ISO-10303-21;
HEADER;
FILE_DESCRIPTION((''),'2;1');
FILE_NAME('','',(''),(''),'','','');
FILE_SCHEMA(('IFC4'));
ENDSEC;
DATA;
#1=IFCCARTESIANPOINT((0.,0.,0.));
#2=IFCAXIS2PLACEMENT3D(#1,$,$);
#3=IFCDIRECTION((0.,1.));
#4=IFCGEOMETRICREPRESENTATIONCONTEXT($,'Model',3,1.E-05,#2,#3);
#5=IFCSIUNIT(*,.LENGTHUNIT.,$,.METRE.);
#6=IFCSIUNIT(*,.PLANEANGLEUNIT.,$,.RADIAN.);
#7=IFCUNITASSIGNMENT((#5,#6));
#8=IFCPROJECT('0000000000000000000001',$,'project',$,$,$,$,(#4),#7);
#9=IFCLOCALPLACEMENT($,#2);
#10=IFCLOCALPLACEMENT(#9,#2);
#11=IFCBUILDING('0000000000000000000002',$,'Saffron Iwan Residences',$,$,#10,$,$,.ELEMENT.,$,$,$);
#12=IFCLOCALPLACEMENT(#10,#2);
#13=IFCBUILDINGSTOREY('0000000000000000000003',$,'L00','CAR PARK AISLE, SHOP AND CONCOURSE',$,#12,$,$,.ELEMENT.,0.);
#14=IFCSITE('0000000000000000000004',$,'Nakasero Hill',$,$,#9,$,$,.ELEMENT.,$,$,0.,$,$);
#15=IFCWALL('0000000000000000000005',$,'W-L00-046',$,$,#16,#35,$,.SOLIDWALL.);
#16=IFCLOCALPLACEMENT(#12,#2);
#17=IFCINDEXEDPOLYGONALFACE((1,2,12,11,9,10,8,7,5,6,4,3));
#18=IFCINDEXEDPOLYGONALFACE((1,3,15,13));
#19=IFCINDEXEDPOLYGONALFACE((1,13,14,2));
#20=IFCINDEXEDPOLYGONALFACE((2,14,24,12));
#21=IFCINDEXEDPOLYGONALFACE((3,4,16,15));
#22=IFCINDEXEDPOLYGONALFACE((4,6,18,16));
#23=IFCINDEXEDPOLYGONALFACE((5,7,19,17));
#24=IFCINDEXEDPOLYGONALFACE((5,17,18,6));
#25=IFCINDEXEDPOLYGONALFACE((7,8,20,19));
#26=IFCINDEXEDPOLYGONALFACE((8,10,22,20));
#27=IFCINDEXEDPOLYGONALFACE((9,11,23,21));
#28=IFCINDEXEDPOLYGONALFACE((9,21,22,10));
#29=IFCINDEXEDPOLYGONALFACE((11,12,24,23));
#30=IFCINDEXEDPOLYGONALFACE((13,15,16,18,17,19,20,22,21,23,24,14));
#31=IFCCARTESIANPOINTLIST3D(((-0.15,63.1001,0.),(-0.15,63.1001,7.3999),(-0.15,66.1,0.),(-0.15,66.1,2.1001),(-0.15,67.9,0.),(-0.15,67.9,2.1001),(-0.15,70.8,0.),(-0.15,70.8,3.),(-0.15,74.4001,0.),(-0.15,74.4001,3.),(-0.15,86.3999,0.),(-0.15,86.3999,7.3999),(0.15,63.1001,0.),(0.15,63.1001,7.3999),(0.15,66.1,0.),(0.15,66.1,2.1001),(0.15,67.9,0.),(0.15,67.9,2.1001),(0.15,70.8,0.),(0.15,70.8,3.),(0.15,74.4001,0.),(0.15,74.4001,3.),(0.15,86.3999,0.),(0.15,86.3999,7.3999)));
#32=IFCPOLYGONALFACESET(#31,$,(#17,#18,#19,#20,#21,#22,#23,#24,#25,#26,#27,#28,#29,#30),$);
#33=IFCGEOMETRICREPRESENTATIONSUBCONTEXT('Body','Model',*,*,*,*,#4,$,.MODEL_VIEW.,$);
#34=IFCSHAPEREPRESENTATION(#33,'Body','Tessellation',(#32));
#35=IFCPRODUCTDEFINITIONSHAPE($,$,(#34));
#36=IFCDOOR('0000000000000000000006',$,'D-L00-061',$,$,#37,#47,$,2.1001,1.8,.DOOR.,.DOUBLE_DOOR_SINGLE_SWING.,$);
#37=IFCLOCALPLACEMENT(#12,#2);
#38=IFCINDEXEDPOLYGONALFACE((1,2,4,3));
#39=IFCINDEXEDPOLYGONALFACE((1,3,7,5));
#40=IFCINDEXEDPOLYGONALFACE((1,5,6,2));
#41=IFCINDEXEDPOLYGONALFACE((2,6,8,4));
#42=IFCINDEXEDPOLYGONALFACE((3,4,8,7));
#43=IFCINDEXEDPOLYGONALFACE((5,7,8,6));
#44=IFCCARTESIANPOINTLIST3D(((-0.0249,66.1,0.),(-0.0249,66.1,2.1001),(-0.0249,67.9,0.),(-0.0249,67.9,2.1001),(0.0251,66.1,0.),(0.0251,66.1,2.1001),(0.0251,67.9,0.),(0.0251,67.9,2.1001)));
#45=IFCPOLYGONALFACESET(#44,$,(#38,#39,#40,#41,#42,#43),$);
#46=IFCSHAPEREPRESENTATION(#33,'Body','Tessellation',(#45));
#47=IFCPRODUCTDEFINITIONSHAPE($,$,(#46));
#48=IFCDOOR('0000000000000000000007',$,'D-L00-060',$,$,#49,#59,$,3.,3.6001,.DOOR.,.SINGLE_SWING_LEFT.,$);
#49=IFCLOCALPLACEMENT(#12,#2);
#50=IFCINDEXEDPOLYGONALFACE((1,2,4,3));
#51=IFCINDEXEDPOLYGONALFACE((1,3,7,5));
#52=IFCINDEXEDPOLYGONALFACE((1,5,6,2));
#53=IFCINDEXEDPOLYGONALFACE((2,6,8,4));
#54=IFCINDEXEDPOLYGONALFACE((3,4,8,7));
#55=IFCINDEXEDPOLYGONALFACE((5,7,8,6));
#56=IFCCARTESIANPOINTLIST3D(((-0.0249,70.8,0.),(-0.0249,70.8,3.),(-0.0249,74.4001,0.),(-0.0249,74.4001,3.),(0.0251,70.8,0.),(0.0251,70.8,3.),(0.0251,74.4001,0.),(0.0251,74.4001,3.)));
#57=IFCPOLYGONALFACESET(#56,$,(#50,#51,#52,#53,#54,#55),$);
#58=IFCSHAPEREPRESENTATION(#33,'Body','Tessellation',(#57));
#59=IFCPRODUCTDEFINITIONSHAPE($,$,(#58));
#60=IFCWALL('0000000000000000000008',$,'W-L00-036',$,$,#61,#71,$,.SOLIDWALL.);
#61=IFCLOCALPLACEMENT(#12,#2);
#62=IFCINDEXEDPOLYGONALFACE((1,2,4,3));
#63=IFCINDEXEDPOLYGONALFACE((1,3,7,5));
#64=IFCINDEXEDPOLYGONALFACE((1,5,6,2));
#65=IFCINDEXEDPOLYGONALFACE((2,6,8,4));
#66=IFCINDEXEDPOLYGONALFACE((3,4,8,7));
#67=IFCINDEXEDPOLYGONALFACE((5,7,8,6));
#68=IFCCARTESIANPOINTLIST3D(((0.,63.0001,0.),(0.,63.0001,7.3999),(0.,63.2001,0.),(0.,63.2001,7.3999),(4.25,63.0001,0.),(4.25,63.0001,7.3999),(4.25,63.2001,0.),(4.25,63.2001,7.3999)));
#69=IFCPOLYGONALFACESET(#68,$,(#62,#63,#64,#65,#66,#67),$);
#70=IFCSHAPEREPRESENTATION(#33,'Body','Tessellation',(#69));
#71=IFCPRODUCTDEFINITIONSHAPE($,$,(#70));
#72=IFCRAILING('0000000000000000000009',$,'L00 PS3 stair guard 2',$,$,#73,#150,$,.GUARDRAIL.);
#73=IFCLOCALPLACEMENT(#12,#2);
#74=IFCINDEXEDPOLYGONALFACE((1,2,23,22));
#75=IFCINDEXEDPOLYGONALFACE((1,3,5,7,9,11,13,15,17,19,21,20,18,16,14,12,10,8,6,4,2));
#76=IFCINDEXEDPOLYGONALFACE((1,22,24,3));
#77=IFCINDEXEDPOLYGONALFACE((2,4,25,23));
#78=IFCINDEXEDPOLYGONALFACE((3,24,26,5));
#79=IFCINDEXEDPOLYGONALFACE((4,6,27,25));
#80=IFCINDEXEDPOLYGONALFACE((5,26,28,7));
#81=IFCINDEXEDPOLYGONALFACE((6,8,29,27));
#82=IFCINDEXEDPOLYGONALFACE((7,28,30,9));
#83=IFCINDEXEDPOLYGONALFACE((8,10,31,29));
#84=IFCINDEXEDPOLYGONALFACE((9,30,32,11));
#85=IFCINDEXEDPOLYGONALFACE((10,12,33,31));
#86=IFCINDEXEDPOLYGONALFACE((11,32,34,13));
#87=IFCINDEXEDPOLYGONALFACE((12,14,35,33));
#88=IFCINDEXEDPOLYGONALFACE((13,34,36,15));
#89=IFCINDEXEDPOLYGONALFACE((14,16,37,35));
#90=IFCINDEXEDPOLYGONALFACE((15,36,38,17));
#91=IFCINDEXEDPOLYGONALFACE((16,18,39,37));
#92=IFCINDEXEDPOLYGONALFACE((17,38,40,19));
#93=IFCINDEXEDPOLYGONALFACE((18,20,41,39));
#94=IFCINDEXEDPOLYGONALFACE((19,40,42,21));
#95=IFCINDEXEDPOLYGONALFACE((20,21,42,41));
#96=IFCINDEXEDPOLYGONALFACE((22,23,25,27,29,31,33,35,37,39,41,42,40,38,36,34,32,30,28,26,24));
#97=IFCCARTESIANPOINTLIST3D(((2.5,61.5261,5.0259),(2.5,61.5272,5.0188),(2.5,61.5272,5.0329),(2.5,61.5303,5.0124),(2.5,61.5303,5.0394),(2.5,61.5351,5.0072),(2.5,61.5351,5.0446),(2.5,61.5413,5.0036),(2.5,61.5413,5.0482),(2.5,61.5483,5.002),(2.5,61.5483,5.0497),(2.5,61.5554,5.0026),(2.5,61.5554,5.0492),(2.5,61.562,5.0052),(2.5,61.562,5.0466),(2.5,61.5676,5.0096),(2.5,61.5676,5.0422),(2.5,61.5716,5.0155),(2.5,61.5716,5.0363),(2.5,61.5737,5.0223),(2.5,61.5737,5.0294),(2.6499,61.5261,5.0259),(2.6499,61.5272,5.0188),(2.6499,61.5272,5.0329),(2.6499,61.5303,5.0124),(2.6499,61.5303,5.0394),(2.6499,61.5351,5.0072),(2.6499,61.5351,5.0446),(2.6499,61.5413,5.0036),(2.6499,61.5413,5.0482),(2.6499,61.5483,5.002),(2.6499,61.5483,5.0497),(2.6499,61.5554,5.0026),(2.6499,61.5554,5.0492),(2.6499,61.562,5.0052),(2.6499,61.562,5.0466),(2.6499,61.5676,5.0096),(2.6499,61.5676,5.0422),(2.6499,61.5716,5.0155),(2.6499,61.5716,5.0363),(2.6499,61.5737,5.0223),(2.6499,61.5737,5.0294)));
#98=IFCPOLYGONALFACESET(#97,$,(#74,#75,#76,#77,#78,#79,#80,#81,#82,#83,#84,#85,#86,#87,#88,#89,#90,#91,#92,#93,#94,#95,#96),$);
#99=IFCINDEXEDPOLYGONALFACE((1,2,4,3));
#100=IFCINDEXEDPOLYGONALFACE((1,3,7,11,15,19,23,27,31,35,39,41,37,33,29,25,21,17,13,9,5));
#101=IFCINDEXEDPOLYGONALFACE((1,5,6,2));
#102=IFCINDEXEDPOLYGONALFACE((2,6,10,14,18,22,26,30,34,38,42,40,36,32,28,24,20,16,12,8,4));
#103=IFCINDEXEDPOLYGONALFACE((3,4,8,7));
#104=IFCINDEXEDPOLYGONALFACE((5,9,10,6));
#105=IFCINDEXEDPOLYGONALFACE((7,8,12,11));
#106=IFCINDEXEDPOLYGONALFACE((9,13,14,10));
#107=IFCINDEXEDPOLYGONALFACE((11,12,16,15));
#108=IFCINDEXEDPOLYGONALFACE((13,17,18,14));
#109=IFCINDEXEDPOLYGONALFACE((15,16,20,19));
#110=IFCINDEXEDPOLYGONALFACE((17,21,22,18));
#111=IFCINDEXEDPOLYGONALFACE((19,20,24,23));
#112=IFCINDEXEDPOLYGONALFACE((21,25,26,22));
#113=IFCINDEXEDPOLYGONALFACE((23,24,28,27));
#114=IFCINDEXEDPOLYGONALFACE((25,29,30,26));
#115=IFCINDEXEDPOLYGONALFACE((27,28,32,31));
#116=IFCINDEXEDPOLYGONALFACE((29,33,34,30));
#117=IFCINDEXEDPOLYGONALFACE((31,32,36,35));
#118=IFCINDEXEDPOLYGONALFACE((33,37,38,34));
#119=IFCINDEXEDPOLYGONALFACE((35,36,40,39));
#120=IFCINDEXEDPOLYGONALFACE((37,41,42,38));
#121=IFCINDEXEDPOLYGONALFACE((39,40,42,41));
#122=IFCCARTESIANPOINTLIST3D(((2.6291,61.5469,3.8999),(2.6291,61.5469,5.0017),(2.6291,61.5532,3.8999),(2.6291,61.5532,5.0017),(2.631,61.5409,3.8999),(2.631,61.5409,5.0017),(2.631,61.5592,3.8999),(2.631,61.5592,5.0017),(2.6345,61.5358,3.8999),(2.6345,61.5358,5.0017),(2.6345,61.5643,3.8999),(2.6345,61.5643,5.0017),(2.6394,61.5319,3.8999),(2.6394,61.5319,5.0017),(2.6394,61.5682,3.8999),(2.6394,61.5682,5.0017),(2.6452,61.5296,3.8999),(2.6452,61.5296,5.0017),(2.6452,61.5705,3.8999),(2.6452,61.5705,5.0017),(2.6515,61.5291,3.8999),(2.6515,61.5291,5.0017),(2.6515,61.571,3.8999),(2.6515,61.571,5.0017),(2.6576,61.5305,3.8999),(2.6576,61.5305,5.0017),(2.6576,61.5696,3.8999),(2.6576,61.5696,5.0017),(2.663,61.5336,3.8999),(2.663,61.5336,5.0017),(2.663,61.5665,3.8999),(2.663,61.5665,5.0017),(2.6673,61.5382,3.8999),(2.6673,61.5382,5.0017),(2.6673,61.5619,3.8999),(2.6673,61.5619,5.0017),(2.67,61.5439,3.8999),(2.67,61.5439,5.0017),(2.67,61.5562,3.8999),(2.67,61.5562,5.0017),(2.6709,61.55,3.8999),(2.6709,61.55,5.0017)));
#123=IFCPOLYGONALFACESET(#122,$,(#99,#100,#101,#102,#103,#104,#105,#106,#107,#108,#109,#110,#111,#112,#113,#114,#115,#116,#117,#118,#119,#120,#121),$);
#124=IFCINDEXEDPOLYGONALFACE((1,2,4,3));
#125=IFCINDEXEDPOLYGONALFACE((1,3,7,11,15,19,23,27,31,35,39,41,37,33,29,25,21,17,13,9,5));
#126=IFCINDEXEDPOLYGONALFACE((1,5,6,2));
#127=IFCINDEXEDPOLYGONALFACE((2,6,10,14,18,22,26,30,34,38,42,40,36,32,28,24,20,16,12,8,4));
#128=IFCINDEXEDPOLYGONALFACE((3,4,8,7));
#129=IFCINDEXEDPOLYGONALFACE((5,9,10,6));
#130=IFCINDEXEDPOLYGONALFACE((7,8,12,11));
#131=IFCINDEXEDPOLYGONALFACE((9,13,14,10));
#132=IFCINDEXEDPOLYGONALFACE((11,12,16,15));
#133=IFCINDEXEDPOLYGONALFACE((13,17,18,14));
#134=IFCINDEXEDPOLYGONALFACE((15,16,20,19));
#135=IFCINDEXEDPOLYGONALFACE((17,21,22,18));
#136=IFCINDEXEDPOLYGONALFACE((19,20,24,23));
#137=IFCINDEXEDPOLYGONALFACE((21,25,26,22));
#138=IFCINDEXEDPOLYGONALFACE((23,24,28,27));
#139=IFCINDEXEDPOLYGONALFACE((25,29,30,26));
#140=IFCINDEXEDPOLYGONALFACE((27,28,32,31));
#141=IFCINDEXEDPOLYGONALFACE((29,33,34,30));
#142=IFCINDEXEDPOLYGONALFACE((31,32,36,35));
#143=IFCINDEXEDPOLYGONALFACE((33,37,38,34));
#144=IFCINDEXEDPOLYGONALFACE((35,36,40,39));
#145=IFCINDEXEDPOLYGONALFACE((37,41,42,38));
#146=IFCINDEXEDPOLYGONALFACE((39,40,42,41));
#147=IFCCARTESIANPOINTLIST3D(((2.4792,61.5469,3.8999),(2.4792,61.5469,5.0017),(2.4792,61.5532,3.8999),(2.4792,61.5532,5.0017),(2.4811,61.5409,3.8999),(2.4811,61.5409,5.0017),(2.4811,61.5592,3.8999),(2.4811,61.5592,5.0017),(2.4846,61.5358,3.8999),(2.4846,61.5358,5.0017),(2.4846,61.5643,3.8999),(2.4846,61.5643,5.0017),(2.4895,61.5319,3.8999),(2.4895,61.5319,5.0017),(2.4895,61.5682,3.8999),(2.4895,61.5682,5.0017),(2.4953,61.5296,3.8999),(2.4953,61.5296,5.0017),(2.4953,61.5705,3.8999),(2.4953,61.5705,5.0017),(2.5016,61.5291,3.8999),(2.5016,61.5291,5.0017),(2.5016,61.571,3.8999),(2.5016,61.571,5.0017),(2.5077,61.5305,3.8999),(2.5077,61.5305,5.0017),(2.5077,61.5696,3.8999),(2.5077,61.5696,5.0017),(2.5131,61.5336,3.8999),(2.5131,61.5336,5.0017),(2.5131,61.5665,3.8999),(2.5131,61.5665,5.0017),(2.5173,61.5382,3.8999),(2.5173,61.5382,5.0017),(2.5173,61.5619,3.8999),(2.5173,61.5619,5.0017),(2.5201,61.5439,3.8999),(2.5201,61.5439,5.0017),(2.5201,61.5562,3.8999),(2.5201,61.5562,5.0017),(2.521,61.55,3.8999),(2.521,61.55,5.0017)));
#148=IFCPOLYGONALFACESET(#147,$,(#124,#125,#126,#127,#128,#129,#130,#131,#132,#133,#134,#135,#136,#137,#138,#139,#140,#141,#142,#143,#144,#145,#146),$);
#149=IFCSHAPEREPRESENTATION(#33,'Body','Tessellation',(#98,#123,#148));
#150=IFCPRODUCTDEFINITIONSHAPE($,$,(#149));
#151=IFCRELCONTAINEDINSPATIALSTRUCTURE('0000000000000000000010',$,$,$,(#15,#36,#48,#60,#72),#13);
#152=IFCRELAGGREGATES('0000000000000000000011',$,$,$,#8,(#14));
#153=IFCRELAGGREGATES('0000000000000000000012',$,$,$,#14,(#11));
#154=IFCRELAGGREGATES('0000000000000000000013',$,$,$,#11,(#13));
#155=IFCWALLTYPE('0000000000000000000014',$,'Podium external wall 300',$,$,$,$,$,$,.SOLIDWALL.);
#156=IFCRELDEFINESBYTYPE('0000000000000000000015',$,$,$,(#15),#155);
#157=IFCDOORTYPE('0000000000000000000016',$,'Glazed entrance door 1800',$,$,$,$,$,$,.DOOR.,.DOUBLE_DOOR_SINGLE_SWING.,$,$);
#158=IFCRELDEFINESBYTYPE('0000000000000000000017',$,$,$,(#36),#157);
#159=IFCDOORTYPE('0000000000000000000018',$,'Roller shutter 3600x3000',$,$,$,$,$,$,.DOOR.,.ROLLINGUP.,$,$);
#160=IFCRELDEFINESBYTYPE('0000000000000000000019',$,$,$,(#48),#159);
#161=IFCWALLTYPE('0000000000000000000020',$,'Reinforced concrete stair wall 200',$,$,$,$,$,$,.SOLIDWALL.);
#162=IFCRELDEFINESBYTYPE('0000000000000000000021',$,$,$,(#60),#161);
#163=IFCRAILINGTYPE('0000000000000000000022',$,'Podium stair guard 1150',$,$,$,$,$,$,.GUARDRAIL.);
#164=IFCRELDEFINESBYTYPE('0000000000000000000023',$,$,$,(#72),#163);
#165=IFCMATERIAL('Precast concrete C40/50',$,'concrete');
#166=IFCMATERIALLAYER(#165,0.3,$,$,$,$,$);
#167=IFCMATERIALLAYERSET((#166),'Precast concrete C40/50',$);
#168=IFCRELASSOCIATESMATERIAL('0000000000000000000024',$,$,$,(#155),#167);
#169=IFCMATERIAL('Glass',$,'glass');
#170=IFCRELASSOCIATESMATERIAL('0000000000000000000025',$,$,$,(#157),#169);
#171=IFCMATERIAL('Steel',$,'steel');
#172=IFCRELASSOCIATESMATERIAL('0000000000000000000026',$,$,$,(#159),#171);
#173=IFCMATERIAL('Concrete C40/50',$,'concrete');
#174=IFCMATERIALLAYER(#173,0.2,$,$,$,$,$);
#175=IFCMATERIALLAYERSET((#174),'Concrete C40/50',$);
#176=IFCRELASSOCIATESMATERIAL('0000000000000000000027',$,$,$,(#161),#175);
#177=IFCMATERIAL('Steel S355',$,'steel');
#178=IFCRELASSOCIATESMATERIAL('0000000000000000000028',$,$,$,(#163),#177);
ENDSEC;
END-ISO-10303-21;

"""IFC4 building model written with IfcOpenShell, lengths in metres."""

from ifc_helpers import new_model, si_unit, direction, frame, frame_2d, origin, origin_2d, place, context, subcontext, project, spatial, rectangle, circle, extrude, material, layer, layer_set, type_object, element, fill, save


model = new_model("IFC4")

# Units and contexts
model_context = context("Model", 3, precision=1e-05, world=origin(), true_north=direction((0.0, 1.0)))
body_context = subcontext(model_context, "Body", "Model", "MODEL_VIEW")
ifc_project = project(units=[si_unit("LENGTHUNIT", "METRE"), si_unit("PLANEANGLEUNIT", "RADIAN")], contexts=[model_context])

# Site, building, storey
site_placement = place(None, origin())
site = spatial("IfcSite", under=ifc_project, at=site_placement, Name="Nakasero Hill", CompositionType="ELEMENT", RefElevation=0.0)
building_placement = place(site_placement, origin())
building = spatial("IfcBuilding", under=site, at=building_placement, Name="Saffron Iwan Residences", CompositionType="ELEMENT")
storey_placement = place(building_placement, origin())
storey = spatial("IfcBuildingStorey", under=building, at=storey_placement, Name="L00", Description="CAR PARK AISLE, SHOP AND CONCOURSE", CompositionType="ELEMENT", Elevation=0.0)

# Shared definitions
ifc_material_1 = material(Name="Concrete C40/50", Category="concrete")

# Shared definitions
ifc_material_2 = material(Name="Precast concrete C40/50", Category="concrete")
ifc_layer_1 = layer(ifc_material_2, 0.3)
ifc_layer_set_1 = layer_set([ifc_layer_1], Name="Precast concrete C40/50")
wall_type_1 = type_object("IfcWallType", Name="Podium external wall 300", PredefinedType="SOLIDWALL", material=ifc_layer_set_1)
ifc_material_3 = material(Name="Steel", Category="steel")

# Wall, openings, doors
wall_1_placement = place(storey_placement, frame((0.0, 63.1001, 0.0), z_axis=(0.0, 0.0, 1.0), x_axis=(0.0, 1.0, 0.0)))
wall_1 = element("IfcWall", 1, at=wall_1_placement, inside=storey, type_object=wall_type_1, Name="W-L00-046", PredefinedType="SOLIDWALL", context=body_context, shape_type="SweptSolid", body=[
    extrude(rectangle(XDim=23.2998, YDim=0.3, at=frame_2d((11.6499, 0.0))), origin(), (0.0, 0.0, 1.0), 7.3999),
])
opening_1_placement = place(wall_1_placement, frame((7.7, 0.0, 0.0)))
opening_1 = element("IfcOpeningElement", 2, at=opening_1_placement, cuts=wall_1, PredefinedType="OPENING", context=body_context, shape_type="SweptSolid", body=[
    extrude(rectangle(XDim=3.6001, YDim=3.0, at=frame_2d((1.8, 1.5))), frame((0.0, 0.1602, 0.0), z_axis=(0.0, -1.0, 0.0), x_axis=(1.0, 0.0, 0.0)), (0.0, 0.0, 1.0), 0.3201),
])
opening_2_placement = place(wall_1_placement, frame((3.0, 0.0, 0.0)))
opening_2 = element("IfcOpeningElement", 3, at=opening_2_placement, cuts=wall_1, PredefinedType="OPENING", context=body_context, shape_type="SweptSolid", body=[
    extrude(rectangle(XDim=1.8, YDim=2.1001, at=frame_2d((0.8999, 1.05))), frame((0.0, 0.1602, 0.0), z_axis=(0.0, -1.0, 0.0), x_axis=(1.0, 0.0, 0.0)), (0.0, 0.0, 1.0), 0.3201),
])
ifc_material_4 = material(Name="Glass", Category="glass")
door_type_1 = type_object("IfcDoorType", Name="Glazed entrance door 1800", OperationType="DOUBLE_DOOR_SINGLE_SWING", PredefinedType="DOOR", material=ifc_material_4)
door_1_placement = place(opening_2_placement, origin())
door_1 = element("IfcDoor", 4, at=door_1_placement, inside=storey, type_object=door_type_1, Name="D-L00-061", OperationType="DOUBLE_DOOR_SINGLE_SWING", OverallHeight=2.1001, OverallWidth=1.8, PredefinedType="DOOR", context=body_context, shape_type="SweptSolid", body=[
    extrude(rectangle(XDim=1.8, YDim=2.1001, at=frame_2d((0.8999, 1.05))), frame((0.0, 0.0249, 0.0), z_axis=(0.0, -1.0, 0.0), x_axis=(1.0, 0.0, 0.0)), (0.0, 0.0, 1.0), 0.05),
])
fill(opening_2, door_1)
door_type_2 = type_object("IfcDoorType", Name="Roller shutter 3600x3000", OperationType="ROLLINGUP", PredefinedType="DOOR", material=ifc_material_3)
door_2_placement = place(opening_1_placement, origin())
door_2 = element("IfcDoor", 5, at=door_2_placement, inside=storey, type_object=door_type_2, Name="D-L00-060", OperationType="SINGLE_SWING_LEFT", OverallHeight=3.0, OverallWidth=3.6001, PredefinedType="DOOR", context=body_context, shape_type="SweptSolid", body=[
    extrude(rectangle(XDim=3.6001, YDim=3.0, at=frame_2d((1.8, 1.5))), frame((0.0, 0.0249, 0.0), z_axis=(0.0, -1.0, 0.0), x_axis=(1.0, 0.0, 0.0)), (0.0, 0.0, 1.0), 0.05),
])
fill(opening_1, door_2)

# Wall
ifc_layer_2 = layer(ifc_material_1, 0.2)
ifc_layer_set_2 = layer_set([ifc_layer_2], Name="Concrete C40/50")
wall_type_2 = type_object("IfcWallType", Name="Reinforced concrete stair wall 200", PredefinedType="SOLIDWALL", material=ifc_layer_set_2)
wall_2_placement = place(storey_placement, frame((0.0, 63.1001, 0.0), z_axis=(0.0, 0.0, 1.0), x_axis=(1.0, 0.0, 0.0)))
element("IfcWall", 6, at=wall_2_placement, inside=storey, type_object=wall_type_2, Name="W-L00-036", PredefinedType="SOLIDWALL", context=body_context, shape_type="SweptSolid", body=[
    extrude(rectangle(XDim=4.25, YDim=0.2, at=frame_2d((2.125, 0.0))), origin(), (0.0, 0.0, 1.0), 7.3999),
])

# Railing
ifc_material_5 = material(Name="Steel S355", Category="steel")
railing_type = type_object("IfcRailingType", Name="Podium stair guard 1150", PredefinedType="GUARDRAIL", material=ifc_material_5)
railing_1_placement = place(storey_placement, frame((2.6499, 61.55, 3.8999)))
element("IfcRailing", 7, at=railing_1_placement, inside=storey, type_object=railing_type, Name="L00 PS3 stair guard 2", PredefinedType="GUARDRAIL", context=body_context, shape_type="SweptSolid", body=[
    extrude(circle(Radius=0.0239, at=origin_2d()), frame((0.0, 0.0, 1.126), z_axis=(-1.0, 0.0, 0.0), x_axis=(0.0, -1.0, 0.0)), (0.0, 0.0, 1.0), 0.1499),
    extrude(circle(Radius=0.021, at=origin_2d()), origin(), (0.0, 0.0, 1.0), 1.1018),
    extrude(circle(Radius=0.021, at=origin_2d()), frame((-0.1499, 0.0, 0.0)), (0.0, 0.0, 1.0), 1.1018),
])

save(model, "model.ifc")
